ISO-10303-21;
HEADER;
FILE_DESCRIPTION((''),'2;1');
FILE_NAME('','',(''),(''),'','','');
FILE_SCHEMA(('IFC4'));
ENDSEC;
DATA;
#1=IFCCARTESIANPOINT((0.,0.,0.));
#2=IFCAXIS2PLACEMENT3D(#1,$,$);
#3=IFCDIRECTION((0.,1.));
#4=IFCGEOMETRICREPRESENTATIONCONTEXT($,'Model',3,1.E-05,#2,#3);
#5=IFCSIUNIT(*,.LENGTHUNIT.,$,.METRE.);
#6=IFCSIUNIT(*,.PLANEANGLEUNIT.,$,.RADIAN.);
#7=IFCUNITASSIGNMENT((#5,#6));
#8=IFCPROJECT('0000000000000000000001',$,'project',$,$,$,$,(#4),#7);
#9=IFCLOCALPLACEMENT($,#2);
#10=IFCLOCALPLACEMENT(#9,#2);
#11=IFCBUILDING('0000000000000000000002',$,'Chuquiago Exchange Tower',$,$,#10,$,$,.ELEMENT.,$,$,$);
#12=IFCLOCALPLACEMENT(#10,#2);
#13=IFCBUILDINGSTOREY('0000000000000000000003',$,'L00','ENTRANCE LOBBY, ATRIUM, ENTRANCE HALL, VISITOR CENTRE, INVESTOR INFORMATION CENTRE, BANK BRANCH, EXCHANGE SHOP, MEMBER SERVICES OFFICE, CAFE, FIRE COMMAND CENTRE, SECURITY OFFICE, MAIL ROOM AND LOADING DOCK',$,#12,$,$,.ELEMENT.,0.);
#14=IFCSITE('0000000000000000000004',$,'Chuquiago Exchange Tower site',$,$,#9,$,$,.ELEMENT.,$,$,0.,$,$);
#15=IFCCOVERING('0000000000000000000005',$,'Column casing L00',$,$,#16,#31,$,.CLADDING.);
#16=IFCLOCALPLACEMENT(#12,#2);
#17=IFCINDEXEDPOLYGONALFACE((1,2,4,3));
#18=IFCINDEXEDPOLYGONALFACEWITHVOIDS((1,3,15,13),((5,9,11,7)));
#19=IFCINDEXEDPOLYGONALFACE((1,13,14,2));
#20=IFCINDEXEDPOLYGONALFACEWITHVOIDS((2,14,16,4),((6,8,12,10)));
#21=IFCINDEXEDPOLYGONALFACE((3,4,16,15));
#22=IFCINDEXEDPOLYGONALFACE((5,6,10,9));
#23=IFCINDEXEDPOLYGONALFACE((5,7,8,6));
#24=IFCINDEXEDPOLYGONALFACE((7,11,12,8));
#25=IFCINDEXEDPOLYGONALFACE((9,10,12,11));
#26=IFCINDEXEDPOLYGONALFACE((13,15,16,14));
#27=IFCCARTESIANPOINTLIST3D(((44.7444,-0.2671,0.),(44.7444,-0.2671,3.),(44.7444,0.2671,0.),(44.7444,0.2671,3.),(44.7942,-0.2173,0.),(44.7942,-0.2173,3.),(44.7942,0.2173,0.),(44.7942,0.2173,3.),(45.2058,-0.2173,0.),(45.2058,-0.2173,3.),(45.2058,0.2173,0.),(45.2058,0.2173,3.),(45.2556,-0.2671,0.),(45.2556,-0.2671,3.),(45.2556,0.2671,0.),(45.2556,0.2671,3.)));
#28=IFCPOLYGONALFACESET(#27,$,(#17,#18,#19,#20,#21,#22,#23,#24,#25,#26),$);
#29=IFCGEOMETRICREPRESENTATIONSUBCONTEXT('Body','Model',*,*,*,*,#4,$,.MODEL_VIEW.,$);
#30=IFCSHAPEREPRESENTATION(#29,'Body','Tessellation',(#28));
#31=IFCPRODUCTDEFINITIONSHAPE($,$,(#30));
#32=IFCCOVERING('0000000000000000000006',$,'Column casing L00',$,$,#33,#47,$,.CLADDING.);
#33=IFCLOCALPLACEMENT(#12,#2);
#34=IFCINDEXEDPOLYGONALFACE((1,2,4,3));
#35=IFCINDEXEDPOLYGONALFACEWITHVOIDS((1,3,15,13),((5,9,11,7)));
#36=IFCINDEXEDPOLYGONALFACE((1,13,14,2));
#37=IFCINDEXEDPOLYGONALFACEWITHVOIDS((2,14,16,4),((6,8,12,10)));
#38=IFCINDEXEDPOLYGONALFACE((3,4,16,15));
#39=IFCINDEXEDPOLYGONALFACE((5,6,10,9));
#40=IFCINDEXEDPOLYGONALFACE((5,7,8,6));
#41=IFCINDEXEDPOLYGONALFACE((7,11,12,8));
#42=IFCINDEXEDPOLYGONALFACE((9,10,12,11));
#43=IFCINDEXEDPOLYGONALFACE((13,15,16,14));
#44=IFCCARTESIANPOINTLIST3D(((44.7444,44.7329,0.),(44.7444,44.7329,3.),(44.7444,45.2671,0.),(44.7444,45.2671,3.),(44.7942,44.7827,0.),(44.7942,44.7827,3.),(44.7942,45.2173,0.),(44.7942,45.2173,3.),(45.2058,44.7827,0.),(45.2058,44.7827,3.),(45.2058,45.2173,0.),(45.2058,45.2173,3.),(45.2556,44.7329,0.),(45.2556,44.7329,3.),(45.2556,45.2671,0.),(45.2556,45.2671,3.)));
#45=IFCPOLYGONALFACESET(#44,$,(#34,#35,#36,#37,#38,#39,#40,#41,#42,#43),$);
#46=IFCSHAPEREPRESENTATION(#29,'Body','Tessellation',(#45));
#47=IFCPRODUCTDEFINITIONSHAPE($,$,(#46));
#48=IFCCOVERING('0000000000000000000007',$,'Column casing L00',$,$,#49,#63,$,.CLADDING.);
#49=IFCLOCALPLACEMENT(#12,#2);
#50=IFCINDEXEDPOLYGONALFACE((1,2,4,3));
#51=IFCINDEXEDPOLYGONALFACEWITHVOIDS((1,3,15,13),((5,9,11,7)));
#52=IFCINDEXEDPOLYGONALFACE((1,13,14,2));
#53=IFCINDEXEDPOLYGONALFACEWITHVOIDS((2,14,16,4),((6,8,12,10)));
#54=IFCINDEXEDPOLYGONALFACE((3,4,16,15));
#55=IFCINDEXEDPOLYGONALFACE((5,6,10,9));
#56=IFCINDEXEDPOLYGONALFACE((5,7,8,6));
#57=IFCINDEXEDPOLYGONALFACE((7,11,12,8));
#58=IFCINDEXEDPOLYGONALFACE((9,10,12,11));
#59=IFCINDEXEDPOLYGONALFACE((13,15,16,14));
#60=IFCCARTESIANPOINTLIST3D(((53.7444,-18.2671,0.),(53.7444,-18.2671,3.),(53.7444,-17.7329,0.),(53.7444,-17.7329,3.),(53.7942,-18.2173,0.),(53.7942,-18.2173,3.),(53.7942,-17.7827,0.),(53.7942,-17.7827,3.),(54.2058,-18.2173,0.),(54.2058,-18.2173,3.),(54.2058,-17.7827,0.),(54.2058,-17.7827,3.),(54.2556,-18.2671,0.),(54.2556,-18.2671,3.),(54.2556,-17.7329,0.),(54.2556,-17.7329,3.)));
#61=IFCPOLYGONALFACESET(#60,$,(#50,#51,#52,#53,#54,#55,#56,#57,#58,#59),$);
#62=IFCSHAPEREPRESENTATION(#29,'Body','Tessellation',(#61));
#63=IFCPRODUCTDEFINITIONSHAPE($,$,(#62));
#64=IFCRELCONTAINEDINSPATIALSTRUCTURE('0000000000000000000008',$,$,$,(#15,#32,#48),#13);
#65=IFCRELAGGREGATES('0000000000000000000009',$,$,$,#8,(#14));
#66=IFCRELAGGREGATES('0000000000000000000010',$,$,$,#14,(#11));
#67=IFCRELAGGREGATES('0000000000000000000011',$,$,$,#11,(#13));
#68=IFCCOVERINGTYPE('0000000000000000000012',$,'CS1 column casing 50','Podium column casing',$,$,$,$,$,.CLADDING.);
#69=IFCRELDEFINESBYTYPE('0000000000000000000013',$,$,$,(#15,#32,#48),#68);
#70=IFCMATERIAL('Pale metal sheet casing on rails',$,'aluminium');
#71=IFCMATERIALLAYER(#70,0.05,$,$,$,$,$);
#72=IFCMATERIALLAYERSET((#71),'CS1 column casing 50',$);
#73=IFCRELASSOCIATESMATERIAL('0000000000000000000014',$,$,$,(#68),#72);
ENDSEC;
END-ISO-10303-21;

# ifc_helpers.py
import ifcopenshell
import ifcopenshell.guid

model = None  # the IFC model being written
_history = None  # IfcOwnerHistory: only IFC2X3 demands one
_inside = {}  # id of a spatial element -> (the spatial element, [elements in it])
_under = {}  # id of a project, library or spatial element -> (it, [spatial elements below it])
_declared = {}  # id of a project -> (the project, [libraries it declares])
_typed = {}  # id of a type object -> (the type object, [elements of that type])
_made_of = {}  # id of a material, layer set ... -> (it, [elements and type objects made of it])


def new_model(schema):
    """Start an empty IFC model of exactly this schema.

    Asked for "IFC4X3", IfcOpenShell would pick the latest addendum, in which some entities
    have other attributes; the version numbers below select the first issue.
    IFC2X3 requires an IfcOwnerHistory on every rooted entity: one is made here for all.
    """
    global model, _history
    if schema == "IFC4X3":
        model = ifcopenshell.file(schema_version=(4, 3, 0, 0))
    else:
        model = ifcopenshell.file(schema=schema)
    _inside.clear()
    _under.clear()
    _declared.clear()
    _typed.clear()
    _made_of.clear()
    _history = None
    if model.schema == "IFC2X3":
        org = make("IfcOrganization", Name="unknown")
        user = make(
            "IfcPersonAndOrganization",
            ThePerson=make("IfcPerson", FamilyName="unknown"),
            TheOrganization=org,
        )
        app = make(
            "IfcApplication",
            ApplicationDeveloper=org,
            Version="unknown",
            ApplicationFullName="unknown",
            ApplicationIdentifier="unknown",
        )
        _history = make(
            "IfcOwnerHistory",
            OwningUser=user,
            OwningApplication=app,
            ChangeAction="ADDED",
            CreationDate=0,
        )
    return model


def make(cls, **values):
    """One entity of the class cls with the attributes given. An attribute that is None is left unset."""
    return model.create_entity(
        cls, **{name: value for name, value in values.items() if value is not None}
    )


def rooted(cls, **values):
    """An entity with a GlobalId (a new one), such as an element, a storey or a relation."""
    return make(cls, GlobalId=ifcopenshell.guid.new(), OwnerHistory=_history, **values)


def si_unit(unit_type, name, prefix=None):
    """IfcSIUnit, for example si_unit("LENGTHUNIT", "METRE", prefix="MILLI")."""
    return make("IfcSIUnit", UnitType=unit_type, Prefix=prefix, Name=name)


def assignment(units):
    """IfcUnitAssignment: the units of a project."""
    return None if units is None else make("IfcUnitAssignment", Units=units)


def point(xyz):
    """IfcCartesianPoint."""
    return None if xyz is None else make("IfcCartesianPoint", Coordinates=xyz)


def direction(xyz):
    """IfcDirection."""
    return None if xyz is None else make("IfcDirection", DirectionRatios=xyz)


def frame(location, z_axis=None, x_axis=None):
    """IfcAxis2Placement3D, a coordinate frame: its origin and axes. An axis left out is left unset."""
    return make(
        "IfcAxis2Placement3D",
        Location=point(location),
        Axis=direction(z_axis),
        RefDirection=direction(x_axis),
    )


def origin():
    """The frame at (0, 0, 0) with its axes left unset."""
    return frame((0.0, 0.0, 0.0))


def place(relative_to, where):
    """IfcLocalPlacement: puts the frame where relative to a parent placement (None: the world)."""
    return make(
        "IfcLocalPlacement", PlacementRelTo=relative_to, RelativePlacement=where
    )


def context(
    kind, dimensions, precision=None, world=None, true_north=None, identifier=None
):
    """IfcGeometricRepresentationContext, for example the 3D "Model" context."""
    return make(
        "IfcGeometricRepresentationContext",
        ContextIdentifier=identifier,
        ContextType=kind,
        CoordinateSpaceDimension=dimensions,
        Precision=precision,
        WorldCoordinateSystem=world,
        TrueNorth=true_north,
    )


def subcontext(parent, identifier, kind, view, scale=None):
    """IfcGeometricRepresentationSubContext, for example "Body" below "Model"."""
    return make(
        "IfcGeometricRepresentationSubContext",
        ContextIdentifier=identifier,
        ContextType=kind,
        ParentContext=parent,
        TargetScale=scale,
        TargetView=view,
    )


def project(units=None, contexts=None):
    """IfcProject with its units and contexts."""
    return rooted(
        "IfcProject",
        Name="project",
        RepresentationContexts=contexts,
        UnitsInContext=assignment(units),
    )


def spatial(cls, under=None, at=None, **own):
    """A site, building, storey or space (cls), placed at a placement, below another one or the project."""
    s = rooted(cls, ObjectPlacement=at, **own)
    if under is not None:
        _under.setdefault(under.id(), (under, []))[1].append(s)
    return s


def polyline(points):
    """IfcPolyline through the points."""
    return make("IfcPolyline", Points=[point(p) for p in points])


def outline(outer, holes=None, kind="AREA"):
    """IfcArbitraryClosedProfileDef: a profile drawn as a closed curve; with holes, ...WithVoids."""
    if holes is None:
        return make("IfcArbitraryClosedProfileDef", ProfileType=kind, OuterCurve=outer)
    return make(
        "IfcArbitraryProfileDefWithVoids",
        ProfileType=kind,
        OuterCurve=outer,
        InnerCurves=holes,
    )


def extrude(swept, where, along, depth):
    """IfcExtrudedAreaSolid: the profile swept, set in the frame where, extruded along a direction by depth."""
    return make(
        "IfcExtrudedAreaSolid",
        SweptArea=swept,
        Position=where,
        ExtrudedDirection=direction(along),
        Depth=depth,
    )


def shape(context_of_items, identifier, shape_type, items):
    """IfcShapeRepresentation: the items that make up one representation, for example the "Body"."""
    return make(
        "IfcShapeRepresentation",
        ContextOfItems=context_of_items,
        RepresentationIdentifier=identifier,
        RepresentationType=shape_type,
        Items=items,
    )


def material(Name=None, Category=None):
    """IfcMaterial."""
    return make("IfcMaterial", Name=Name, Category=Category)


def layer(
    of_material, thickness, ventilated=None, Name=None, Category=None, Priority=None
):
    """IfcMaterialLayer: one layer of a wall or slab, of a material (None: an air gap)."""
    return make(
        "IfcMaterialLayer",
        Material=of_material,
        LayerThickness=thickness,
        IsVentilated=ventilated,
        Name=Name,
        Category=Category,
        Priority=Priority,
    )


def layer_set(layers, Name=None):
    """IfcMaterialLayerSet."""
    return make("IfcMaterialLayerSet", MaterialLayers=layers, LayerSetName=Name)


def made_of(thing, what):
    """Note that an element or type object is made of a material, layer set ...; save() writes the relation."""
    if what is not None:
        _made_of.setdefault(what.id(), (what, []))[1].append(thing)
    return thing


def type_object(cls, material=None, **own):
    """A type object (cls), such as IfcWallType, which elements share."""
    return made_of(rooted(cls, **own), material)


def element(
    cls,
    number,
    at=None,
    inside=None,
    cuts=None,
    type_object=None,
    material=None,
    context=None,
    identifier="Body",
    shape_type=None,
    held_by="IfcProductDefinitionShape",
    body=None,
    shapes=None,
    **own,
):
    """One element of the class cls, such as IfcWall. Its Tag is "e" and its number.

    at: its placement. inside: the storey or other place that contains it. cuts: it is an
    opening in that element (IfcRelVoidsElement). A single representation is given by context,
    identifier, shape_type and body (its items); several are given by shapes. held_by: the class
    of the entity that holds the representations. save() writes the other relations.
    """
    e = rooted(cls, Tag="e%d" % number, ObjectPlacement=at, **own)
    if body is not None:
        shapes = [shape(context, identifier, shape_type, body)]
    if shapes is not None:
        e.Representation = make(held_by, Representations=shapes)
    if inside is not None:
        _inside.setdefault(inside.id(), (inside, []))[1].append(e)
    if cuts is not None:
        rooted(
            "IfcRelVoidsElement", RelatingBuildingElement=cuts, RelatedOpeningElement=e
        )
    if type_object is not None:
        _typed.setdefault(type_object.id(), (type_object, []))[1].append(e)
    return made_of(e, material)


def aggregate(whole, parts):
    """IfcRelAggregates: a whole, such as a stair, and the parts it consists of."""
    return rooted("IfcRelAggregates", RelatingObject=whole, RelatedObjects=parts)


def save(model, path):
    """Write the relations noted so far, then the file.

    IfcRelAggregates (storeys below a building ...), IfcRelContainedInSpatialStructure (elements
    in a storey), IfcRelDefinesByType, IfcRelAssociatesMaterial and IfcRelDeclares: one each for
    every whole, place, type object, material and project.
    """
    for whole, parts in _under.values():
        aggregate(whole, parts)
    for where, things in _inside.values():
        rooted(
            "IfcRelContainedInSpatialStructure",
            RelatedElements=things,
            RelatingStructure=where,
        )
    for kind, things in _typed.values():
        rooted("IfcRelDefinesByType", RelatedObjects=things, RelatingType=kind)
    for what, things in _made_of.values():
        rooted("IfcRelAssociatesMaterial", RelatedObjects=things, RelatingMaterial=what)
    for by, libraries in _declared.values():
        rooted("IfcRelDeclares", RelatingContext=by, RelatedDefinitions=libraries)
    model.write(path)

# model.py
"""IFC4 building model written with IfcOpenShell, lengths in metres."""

from ifc_helpers import new_model, si_unit, direction, origin, place, context, subcontext, project, spatial, polyline, outline, extrude, material, layer, layer_set, type_object, element, save


model = new_model("IFC4")

# Units and contexts
model_context = context("Model", 3, precision=1e-05, world=origin(), true_north=direction((0.0, 1.0)))
body_context = subcontext(model_context, "Body", "Model", "MODEL_VIEW")
ifc_project = project(units=[si_unit("LENGTHUNIT", "METRE"), si_unit("PLANEANGLEUNIT", "RADIAN")], contexts=[model_context])

# Site, building, storey
site_placement = place(None, origin())
site = spatial("IfcSite", under=ifc_project, at=site_placement, Name="Chuquiago Exchange Tower site", CompositionType="ELEMENT", RefElevation=0.0)
building_placement = place(site_placement, origin())
building = spatial("IfcBuilding", under=site, at=building_placement, Name="Chuquiago Exchange Tower", CompositionType="ELEMENT")
storey_placement = place(building_placement, origin())
storey = spatial("IfcBuildingStorey", under=building, at=storey_placement, Name="L00", Description="ENTRANCE LOBBY, ATRIUM, ENTRANCE HALL, VISITOR CENTRE, INVESTOR INFORMATION CENTRE, BANK BRANCH, EXCHANGE SHOP, MEMBER SERVICES OFFICE, CAFE, FIRE COMMAND CENTRE, SECURITY OFFICE, MAIL ROOM AND LOADING DOCK", CompositionType="ELEMENT", Elevation=0.0)

# Coverings
ifc_material_1 = material(Name="Pale metal sheet casing on rails", Category="aluminium")
ifc_layer_1 = layer(ifc_material_1, 0.05)
ifc_layer_set_1 = layer_set([ifc_layer_1], Name="CS1 column casing 50")
covering_type = type_object("IfcCoveringType", Name="CS1 column casing 50", Description="Podium column casing", PredefinedType="CLADDING", material=ifc_layer_set_1)
covering_1_placement = place(storey_placement, origin())
element("IfcCovering", 1, at=covering_1_placement, inside=storey, type_object=covering_type, Name="Column casing L00", PredefinedType="CLADDING", context=body_context, shape_type="SweptSolid", body=[
    extrude(outline(polyline([(44.7444, -0.2671), (45.2556, -0.2671), (45.2556, 0.2671), (44.7444, 0.2671), (44.7444, -0.2671)]), holes=[polyline([(44.7942, -0.2173), (44.7942, 0.2173), (45.2058, 0.2173), (45.2058, -0.2173), (44.7942, -0.2173)])]), origin(), (0.0, 0.0, 1.0), 3.0),
])
covering_2_placement = place(storey_placement, origin())
element("IfcCovering", 2, at=covering_2_placement, inside=storey, type_object=covering_type, Name="Column casing L00", PredefinedType="CLADDING", context=body_context, shape_type="SweptSolid", body=[
    extrude(outline(polyline([(44.7444, 44.7329), (45.2556, 44.7329), (45.2556, 45.2671), (44.7444, 45.2671), (44.7444, 44.7329)]), holes=[polyline([(44.7942, 44.7827), (44.7942, 45.2173), (45.2058, 45.2173), (45.2058, 44.7827), (44.7942, 44.7827)])]), origin(), (0.0, 0.0, 1.0), 3.0),
])
covering_3_placement = place(storey_placement, origin())
element("IfcCovering", 3, at=covering_3_placement, inside=storey, type_object=covering_type, Name="Column casing L00", PredefinedType="CLADDING", context=body_context, shape_type="SweptSolid", body=[
    extrude(outline(polyline([(53.7444, -18.2671), (54.2556, -18.2671), (54.2556, -17.7329), (53.7444, -17.7329), (53.7444, -18.2671)]), holes=[polyline([(53.7942, -18.2173), (53.7942, -17.7827), (54.2058, -17.7827), (54.2058, -18.2173), (53.7942, -18.2173)])]), origin(), (0.0, 0.0, 1.0), 3.0),
])

save(model, "model.ifc")
